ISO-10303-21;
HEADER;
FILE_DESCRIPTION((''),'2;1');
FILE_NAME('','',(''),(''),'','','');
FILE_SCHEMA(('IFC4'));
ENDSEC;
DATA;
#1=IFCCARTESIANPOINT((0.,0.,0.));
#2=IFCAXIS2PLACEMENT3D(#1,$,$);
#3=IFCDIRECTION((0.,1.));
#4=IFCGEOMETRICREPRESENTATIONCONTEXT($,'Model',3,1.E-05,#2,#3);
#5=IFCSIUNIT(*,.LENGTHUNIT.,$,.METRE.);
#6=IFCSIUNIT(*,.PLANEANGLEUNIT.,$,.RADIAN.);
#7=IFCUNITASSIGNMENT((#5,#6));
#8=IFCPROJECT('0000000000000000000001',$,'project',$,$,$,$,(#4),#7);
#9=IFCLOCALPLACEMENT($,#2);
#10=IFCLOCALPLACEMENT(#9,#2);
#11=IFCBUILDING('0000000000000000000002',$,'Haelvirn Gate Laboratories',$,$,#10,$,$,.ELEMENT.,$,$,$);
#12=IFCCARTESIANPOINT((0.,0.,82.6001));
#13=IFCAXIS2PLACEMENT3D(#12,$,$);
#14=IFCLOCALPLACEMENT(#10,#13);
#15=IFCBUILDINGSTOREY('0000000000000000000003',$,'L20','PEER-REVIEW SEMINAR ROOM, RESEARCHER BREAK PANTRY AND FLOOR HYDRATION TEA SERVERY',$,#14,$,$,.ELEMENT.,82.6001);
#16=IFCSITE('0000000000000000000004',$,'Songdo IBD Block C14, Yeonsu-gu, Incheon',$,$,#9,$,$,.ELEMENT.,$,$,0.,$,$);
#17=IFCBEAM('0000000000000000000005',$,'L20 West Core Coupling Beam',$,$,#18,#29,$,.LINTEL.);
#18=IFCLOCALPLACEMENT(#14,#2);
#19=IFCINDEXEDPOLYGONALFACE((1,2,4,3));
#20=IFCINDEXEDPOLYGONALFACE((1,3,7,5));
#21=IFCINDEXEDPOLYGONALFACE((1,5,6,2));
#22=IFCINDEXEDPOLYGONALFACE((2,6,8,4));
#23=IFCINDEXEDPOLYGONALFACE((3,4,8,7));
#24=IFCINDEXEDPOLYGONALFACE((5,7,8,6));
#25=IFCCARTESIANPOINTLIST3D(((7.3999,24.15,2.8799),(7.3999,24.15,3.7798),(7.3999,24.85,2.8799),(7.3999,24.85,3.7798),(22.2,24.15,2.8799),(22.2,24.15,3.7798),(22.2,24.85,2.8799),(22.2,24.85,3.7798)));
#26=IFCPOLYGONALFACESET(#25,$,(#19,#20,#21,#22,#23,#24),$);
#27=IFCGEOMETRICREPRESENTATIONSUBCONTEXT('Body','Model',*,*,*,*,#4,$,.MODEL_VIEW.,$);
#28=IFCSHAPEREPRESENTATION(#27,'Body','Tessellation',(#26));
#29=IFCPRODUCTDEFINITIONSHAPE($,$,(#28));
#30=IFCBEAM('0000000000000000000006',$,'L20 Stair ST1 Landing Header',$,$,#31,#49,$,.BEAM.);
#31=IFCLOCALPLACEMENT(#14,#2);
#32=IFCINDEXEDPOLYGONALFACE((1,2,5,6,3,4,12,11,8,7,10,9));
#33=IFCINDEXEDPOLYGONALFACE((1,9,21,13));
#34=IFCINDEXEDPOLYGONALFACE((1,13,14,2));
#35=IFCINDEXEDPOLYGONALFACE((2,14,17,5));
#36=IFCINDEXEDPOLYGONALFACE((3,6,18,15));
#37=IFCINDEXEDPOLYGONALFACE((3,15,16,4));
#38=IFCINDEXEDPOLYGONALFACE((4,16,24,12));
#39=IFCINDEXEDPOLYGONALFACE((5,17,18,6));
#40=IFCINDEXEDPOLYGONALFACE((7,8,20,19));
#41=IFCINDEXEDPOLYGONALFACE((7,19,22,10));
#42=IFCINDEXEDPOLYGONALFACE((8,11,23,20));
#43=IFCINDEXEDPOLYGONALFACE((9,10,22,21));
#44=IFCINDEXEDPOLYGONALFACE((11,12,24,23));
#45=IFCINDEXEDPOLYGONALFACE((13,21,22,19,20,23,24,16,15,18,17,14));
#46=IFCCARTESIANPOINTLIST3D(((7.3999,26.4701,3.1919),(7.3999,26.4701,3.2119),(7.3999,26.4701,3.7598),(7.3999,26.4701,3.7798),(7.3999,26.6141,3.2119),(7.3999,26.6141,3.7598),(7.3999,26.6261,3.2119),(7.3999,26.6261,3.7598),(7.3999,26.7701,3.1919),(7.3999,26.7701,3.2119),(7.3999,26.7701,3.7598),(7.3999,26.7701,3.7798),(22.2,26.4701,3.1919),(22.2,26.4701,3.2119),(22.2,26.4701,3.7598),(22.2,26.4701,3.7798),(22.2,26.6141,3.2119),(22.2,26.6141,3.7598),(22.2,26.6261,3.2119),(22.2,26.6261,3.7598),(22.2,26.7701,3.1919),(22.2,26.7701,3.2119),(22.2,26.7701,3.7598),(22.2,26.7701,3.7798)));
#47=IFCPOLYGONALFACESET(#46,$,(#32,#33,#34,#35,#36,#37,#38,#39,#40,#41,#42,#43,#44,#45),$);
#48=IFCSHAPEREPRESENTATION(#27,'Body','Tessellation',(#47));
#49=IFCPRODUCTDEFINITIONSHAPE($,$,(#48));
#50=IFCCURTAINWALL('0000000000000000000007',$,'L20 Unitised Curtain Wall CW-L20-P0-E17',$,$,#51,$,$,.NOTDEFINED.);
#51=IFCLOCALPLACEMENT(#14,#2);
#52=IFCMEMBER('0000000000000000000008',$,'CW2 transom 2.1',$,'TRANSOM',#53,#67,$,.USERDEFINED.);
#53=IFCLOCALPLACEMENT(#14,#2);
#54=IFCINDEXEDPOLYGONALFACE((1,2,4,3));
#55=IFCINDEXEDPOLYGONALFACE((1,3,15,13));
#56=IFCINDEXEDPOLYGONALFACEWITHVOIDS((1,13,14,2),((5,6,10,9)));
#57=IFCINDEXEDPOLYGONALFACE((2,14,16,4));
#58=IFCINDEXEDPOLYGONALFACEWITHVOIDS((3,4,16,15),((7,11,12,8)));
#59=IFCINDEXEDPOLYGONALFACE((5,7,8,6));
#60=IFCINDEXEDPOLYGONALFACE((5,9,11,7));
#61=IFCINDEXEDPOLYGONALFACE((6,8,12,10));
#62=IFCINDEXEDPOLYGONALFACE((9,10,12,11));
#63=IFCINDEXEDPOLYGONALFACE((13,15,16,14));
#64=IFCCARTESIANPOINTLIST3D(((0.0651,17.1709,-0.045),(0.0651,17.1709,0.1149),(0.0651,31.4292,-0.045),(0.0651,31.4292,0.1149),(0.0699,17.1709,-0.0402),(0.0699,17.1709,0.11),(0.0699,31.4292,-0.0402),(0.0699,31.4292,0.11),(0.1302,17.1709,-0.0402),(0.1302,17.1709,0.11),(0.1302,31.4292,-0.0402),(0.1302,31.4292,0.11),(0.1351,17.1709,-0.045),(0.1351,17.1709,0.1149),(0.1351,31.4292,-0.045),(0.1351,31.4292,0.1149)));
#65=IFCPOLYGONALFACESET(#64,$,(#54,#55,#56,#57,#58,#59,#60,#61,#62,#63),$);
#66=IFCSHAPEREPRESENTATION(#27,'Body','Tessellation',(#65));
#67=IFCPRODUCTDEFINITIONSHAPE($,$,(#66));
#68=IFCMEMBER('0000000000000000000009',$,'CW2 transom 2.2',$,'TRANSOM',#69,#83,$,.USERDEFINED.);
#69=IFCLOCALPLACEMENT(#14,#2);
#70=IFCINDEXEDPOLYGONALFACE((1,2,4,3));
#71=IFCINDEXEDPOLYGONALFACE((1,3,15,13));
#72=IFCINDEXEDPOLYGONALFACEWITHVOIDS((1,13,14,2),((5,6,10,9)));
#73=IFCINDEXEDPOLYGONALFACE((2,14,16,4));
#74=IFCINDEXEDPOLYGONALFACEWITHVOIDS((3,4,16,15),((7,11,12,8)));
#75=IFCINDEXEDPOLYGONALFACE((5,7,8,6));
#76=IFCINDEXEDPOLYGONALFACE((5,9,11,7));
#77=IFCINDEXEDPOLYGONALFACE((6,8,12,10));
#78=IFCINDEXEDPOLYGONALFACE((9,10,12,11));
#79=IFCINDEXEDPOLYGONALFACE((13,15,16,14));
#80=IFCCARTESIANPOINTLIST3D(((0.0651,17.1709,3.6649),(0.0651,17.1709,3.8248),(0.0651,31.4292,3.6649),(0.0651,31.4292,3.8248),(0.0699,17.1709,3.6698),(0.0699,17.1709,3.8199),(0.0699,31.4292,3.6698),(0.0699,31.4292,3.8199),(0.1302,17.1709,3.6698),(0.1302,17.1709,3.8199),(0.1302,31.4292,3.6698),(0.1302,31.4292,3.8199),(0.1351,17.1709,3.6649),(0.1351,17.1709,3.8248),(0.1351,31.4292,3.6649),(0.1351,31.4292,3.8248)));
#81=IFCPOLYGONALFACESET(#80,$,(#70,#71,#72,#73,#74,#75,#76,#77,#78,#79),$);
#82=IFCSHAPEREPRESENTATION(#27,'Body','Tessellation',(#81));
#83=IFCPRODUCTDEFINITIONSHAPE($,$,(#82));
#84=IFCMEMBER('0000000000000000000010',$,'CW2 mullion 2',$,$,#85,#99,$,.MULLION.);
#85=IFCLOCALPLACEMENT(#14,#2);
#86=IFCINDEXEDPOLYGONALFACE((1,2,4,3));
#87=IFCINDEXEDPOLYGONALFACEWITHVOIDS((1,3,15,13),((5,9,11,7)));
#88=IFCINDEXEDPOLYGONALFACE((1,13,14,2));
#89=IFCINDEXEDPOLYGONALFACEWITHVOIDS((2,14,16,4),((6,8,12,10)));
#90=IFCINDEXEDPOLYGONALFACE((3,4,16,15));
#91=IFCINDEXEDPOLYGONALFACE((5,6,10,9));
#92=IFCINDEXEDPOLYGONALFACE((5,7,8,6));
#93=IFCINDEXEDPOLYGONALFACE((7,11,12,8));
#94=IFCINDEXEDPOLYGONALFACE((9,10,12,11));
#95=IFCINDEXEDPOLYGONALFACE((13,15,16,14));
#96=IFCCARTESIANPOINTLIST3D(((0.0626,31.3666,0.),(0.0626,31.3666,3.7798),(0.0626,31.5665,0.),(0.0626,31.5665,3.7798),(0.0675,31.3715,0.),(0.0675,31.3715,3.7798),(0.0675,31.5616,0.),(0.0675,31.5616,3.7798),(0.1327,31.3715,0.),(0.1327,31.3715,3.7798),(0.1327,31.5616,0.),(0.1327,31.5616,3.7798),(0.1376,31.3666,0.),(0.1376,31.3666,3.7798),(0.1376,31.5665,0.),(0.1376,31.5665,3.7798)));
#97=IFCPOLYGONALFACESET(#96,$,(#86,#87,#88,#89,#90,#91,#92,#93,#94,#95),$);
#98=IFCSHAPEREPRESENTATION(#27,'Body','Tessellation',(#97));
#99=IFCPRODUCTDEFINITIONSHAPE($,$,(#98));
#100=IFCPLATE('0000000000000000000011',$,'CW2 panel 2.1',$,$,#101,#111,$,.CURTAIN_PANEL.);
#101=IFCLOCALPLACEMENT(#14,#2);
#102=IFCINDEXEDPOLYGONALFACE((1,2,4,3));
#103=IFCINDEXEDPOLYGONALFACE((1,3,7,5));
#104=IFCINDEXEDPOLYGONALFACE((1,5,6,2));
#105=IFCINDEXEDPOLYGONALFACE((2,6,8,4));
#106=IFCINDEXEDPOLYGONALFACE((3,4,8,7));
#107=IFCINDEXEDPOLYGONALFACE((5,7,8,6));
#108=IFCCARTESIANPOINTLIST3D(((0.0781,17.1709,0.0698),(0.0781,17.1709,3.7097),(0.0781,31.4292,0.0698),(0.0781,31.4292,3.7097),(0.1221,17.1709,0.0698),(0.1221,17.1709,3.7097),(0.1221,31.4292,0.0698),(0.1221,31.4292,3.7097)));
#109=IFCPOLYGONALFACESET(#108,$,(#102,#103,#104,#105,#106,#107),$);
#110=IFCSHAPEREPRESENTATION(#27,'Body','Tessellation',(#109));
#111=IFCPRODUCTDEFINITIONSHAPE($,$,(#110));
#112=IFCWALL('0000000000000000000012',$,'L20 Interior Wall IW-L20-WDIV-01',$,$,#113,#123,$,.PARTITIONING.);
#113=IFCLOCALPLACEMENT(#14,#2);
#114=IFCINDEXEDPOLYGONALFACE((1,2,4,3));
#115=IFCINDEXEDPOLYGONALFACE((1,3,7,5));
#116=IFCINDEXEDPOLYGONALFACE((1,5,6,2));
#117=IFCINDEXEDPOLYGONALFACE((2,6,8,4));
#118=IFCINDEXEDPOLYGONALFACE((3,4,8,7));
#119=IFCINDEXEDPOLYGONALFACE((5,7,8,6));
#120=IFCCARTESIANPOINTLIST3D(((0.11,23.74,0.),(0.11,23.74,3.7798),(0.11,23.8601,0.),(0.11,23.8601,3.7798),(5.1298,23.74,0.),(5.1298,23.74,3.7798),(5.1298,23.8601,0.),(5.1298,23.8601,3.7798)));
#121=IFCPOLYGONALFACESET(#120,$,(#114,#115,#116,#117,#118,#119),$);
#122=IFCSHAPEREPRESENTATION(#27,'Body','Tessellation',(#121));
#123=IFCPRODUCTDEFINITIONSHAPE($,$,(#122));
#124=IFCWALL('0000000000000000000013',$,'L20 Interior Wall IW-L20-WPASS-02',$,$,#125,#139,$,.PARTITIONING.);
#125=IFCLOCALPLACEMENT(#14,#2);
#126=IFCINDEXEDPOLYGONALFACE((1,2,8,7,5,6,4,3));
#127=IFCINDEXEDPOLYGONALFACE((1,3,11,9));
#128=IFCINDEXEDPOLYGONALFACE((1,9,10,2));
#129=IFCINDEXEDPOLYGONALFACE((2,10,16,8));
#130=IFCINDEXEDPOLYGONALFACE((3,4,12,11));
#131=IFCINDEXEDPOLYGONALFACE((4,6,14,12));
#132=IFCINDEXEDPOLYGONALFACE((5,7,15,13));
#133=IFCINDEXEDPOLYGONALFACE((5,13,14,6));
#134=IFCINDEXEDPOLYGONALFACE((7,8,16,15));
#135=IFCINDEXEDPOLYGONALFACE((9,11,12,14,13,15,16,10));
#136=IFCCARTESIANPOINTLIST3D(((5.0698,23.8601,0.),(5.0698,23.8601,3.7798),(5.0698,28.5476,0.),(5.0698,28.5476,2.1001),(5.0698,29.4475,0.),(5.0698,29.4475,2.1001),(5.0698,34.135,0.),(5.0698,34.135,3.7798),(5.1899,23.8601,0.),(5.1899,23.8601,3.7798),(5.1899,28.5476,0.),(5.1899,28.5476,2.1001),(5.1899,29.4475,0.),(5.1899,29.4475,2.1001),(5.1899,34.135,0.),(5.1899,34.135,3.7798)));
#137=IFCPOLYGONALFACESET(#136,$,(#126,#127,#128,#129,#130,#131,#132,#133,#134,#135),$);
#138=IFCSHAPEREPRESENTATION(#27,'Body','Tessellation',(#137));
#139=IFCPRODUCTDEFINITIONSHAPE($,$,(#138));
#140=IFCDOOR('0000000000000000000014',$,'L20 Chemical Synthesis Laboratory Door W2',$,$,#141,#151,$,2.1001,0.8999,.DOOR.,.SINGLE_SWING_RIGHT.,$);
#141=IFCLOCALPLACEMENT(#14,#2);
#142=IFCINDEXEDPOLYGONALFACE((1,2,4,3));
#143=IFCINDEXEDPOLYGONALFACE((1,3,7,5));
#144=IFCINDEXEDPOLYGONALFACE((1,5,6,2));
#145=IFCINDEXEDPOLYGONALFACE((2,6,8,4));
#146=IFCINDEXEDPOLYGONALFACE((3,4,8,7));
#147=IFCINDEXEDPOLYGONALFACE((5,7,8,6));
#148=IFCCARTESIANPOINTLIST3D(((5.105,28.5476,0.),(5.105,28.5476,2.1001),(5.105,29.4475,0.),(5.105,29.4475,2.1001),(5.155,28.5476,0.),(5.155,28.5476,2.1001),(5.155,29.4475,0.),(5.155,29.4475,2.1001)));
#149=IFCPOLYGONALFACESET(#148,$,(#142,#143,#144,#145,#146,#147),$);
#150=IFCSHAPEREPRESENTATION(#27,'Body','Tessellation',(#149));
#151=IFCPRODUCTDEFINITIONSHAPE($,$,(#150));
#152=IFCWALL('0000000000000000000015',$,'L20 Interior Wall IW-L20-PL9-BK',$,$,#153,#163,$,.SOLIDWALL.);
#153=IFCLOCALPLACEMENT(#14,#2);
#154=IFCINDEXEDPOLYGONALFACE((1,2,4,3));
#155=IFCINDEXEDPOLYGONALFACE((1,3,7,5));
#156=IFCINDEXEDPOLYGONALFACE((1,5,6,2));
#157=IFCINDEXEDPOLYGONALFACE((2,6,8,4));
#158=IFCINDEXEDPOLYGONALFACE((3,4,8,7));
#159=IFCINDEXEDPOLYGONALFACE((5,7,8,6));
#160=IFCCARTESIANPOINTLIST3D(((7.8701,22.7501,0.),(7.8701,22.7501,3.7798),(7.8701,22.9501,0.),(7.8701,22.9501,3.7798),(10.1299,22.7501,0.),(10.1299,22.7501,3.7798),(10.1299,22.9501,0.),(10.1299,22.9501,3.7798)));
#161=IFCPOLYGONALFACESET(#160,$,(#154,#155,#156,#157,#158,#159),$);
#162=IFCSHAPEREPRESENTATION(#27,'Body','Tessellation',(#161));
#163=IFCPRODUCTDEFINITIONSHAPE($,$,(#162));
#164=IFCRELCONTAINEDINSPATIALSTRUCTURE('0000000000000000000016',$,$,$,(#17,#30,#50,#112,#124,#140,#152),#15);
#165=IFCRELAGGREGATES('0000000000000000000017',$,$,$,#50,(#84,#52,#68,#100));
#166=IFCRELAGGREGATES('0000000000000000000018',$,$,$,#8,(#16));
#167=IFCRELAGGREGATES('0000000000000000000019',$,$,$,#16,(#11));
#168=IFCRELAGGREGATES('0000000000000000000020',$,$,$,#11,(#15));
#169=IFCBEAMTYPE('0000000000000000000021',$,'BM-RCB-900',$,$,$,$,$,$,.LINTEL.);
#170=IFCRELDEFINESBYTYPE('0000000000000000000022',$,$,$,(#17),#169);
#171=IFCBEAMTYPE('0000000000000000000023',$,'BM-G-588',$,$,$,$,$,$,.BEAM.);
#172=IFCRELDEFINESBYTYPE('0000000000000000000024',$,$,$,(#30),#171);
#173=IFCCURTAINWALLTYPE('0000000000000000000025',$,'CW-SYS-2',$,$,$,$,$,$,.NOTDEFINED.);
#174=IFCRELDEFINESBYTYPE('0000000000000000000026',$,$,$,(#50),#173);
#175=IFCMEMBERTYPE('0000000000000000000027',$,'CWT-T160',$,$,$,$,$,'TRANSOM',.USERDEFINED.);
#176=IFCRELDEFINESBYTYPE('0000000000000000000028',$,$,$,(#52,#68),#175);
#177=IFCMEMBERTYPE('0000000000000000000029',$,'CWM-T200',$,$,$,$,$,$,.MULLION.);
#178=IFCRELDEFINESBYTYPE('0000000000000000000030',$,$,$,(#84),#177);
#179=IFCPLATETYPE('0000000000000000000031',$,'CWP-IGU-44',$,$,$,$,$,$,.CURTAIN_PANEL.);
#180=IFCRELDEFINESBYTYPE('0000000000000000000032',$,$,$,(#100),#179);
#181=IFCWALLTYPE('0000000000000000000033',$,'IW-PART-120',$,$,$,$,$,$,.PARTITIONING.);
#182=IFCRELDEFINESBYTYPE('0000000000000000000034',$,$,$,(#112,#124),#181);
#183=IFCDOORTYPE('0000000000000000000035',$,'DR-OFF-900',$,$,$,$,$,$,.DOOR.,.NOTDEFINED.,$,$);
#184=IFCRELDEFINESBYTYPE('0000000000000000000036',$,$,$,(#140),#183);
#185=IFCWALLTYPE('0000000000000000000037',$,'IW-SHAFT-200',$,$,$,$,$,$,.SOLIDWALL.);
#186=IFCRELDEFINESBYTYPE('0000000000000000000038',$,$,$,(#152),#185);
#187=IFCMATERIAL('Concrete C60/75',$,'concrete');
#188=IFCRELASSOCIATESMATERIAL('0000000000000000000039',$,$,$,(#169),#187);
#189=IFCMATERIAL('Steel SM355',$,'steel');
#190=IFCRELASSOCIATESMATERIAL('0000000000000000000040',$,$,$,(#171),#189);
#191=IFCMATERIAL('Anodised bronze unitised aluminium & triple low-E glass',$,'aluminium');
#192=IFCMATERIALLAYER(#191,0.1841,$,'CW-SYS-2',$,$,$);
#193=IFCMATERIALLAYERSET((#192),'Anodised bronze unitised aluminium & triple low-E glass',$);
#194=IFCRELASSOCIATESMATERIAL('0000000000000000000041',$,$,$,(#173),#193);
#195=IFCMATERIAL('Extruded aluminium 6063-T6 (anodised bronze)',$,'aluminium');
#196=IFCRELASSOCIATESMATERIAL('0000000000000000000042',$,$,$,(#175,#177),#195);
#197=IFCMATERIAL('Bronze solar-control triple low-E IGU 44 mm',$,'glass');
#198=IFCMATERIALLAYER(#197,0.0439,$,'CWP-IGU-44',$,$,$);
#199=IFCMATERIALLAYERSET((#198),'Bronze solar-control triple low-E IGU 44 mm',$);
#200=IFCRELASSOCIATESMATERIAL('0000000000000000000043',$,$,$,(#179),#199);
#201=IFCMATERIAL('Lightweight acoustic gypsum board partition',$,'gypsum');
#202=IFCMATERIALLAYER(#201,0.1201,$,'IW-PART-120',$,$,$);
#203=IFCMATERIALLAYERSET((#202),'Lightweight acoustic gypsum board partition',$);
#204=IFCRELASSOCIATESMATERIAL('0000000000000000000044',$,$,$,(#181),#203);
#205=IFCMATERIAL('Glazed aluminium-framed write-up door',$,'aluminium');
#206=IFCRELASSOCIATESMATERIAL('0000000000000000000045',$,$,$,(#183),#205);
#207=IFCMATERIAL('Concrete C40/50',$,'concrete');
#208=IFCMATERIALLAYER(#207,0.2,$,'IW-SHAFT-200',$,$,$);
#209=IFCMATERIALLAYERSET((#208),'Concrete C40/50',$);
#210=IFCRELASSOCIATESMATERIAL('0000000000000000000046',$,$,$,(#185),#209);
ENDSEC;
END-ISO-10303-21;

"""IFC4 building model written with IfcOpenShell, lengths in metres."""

from ifc_helpers import new_model, si_unit, direction, frame, frame_2d, origin, origin_2d, place, context, subcontext, project, spatial, rectangle, hollow_rectangle, i_section, extrude, source, transform, mapped, material, layer, layer_set, material_profile, profile_set, type_object, type_shapes, element, fill, aggregate, save


model = new_model("IFC4")

# Units and contexts
model_context = context("Model", 3, precision=1e-05, world=origin(), true_north=direction((0.0, 1.0)))
body_context = subcontext(model_context, "Body", "Model", "MODEL_VIEW")
ifc_project = project(units=[si_unit("LENGTHUNIT", "METRE"), si_unit("PLANEANGLEUNIT", "RADIAN")], contexts=[model_context])

# Site, building, storey
site_placement = place(None, origin())
site = spatial("IfcSite", under=ifc_project, at=site_placement, Name="Songdo IBD Block C14, Yeonsu-gu, Incheon", CompositionType="ELEMENT", RefElevation=0.0)
building_placement = place(site_placement, origin())
building = spatial("IfcBuilding", under=site, at=building_placement, Name="Haelvirn Gate Laboratories", CompositionType="ELEMENT")
storey_placement = place(building_placement, frame((0.0, 0.0, 82.6001)))
storey = spatial("IfcBuildingStorey", under=building, at=storey_placement, Name="L20", Description="PEER-REVIEW SEMINAR ROOM, RESEARCHER BREAK PANTRY AND FLOOR HYDRATION TEA SERVERY", CompositionType="ELEMENT", Elevation=82.6001)

# Beams
ifc_material_1 = material(Name="Concrete C60/75", Category="concrete")
ifc_material_profile_1 = material_profile(ifc_material_1, rectangle(XDim=0.7, YDim=0.8999, at=origin_2d()), Name="RCB-700x900")
ifc_profile_set_1 = profile_set([ifc_material_profile_1], Name="Concrete C60/75")
beam_type_1 = type_object("IfcBeamType", Name="BM-RCB-900", PredefinedType="LINTEL", material=ifc_profile_set_1)
shared_shape_1 = source(origin(), body_context, "Body", "SweptSolid", [
    extrude(rectangle(XDim=0.7, YDim=0.8999, at=origin_2d()), origin(), (0.0, 0.0, 1.0), 14.8),
])
type_shapes(beam_type_1, [shared_shape_1])
beam_1_placement = place(storey_placement, frame((7.3999, 24.5, 3.3298), z_axis=(1.0, 0.0, 0.0), x_axis=(0.0, 1.0, 0.0)))
element("IfcBeam", 1, at=beam_1_placement, inside=storey, type_object=beam_type_1, Name="L20 West Core Coupling Beam", PredefinedType="LINTEL", context=body_context, shape_type="MappedRepresentation", body=[
    mapped(shared_shape_1, transform((0.0, 0.0, 0.0), scale=1.0)),
])
ifc_material_2 = material(Name="Steel SM355", Category="steel")
ifc_material_profile_2 = material_profile(ifc_material_2, i_section(OverallWidth=0.3, OverallDepth=0.5879, WebThickness=0.012, FlangeThickness=0.02, at=origin_2d()), Name="H-588x300x12x20")
ifc_profile_set_2 = profile_set([ifc_material_profile_2], Name="Steel SM355")
beam_type_2 = type_object("IfcBeamType", Name="BM-G-588", PredefinedType="BEAM", material=ifc_profile_set_2)
shared_shape_2 = source(origin(), body_context, "Body", "SweptSolid", [
    extrude(i_section(OverallWidth=0.3, OverallDepth=0.5879, WebThickness=0.012, FlangeThickness=0.02, at=origin_2d()), origin(), (0.0, 0.0, 1.0), 14.8),
])
type_shapes(beam_type_2, [shared_shape_2])
beam_2_placement = place(storey_placement, frame((7.3999, 26.6201, 3.4858), z_axis=(1.0, 0.0, 0.0), x_axis=(0.0, 1.0, 0.0)))
element("IfcBeam", 2, at=beam_2_placement, inside=storey, type_object=beam_type_2, Name="L20 Stair ST1 Landing Header", PredefinedType="BEAM", context=body_context, shape_type="MappedRepresentation", body=[
    mapped(shared_shape_2, transform((0.0, 0.0, 0.0), scale=1.0)),
])

# Curtain wall, members, plate
ifc_material_3 = material(Name="Anodised bronze unitised aluminium & triple low-E glass", Category="aluminium")
ifc_layer_1 = layer(ifc_material_3, 0.1841, Name="CW-SYS-2")
ifc_layer_set_1 = layer_set([ifc_layer_1], Name="Anodised bronze unitised aluminium & triple low-E glass")
curtain_wall_type = type_object("IfcCurtainWallType", Name="CW-SYS-2", PredefinedType="NOTDEFINED", material=ifc_layer_set_1)
curtain_wall_placement = place(storey_placement, origin())
curtain_wall = element("IfcCurtainWall", 3, at=curtain_wall_placement, inside=storey, type_object=curtain_wall_type, Name="L20 Unitised Curtain Wall CW-L20-P0-E17", PredefinedType="NOTDEFINED")
ifc_material_4 = material(Name="Extruded aluminium 6063-T6 (anodised bronze)", Category="aluminium")
ifc_material_profile_3 = material_profile(ifc_material_4, hollow_rectangle(XDim=0.0701, YDim=0.1599, WallThickness=0.0049, at=origin_2d()), Name="CWT-160x70x5")
ifc_profile_set_3 = profile_set([ifc_material_profile_3], Name="Extruded aluminium 6063-T6 (anodised bronze)")
member_type_1 = type_object("IfcMemberType", Name="CWT-T160", ElementType="TRANSOM", PredefinedType="USERDEFINED", material=ifc_profile_set_3)
shared_shape_3 = source(origin(), body_context, "Body", "SweptSolid", [
    extrude(hollow_rectangle(XDim=0.0701, YDim=0.1599, WallThickness=0.0049, at=origin_2d()), origin(), (0.0, 0.0, 1.0), 14.2583),
])
type_shapes(member_type_1, [shared_shape_3])
member_1_placement = place(storey_placement, frame((0.1001, 31.4292, 0.0349), z_axis=(0.0, -1.0, 0.0), x_axis=(1.0, 0.0, 0.0)))
member_1 = element("IfcMember", 4, at=member_1_placement, type_object=member_type_1, Name="CW2 transom 2.1", ObjectType="TRANSOM", PredefinedType="USERDEFINED", context=body_context, shape_type="MappedRepresentation", body=[
    mapped(shared_shape_3, transform((0.0, 0.0, 0.0), scale=1.0)),
])
member_2_placement = place(storey_placement, frame((0.1001, 31.4292, 3.7449), z_axis=(0.0, -1.0, 0.0), x_axis=(1.0, 0.0, 0.0)))
member_2 = element("IfcMember", 5, at=member_2_placement, type_object=member_type_1, Name="CW2 transom 2.2", ObjectType="TRANSOM", PredefinedType="USERDEFINED", context=body_context, shape_type="MappedRepresentation", body=[
    mapped(shared_shape_3, transform((0.0, 0.0, 0.0), scale=1.0)),
])
ifc_material_profile_4 = material_profile(ifc_material_4, hollow_rectangle(XDim=0.075, YDim=0.2, WallThickness=0.0049, at=origin_2d()), Name="CWM-200x75x5")
ifc_profile_set_4 = profile_set([ifc_material_profile_4], Name="Extruded aluminium 6063-T6 (anodised bronze)")
member_type_2 = type_object("IfcMemberType", Name="CWM-T200", PredefinedType="MULLION", material=ifc_profile_set_4)
shared_shape_4 = source(origin(), body_context, "Body", "SweptSolid", [
    extrude(hollow_rectangle(XDim=0.075, YDim=0.2, WallThickness=0.0049, at=origin_2d()), origin(), (0.0, 0.0, 1.0), 3.7798),
])
type_shapes(member_type_2, [shared_shape_4])
member_3_placement = place(storey_placement, frame((0.1001, 31.4666, 0.0), z_axis=(0.0, 0.0, 1.0), x_axis=(1.0, 0.0, 0.0)))
member_3 = element("IfcMember", 6, at=member_3_placement, type_object=member_type_2, Name="CW2 mullion 2", PredefinedType="MULLION", context=body_context, shape_type="MappedRepresentation", body=[
    mapped(shared_shape_4, transform((0.0, 0.0, 0.0), scale=1.0)),
])
ifc_material_5 = material(Name="Bronze solar-control triple low-E IGU 44 mm", Category="glass")
ifc_layer_2 = layer(ifc_material_5, 0.0439, Name="CWP-IGU-44")
ifc_layer_set_2 = layer_set([ifc_layer_2], Name="Bronze solar-control triple low-E IGU 44 mm")
plate_type = type_object("IfcPlateType", Name="CWP-IGU-44", PredefinedType="CURTAIN_PANEL", material=ifc_layer_set_2)
shared_shape_5 = source(origin(), body_context, "Body", "SweptSolid", [
    extrude(rectangle(XDim=14.2583, YDim=0.0439, at=origin_2d()), origin(), (0.0, 0.0, 1.0), 3.6399),
])
type_shapes(plate_type, [shared_shape_5])
plate_placement = place(storey_placement, frame((0.1001, 24.3, 0.0698), z_axis=(0.0, 0.0, 1.0), x_axis=(0.0, -1.0, 0.0)))
plate = element("IfcPlate", 7, at=plate_placement, type_object=plate_type, Name="CW2 panel 2.1", PredefinedType="CURTAIN_PANEL", context=body_context, shape_type="MappedRepresentation", body=[
    mapped(shared_shape_5, transform((0.0, 0.0, 0.0), scale=1.0)),
])
aggregate(curtain_wall, [member_3, member_1, member_2, plate])

# Wall
ifc_material_6 = material(Name="Lightweight acoustic gypsum board partition", Category="gypsum")
ifc_layer_3 = layer(ifc_material_6, 0.1201, Name="IW-PART-120")
ifc_layer_set_3 = layer_set([ifc_layer_3], Name="Lightweight acoustic gypsum board partition")
wall_type_1 = type_object("IfcWallType", Name="IW-PART-120", PredefinedType="PARTITIONING", material=ifc_layer_set_3)
wall_1_placement = place(storey_placement, frame((0.1101, 23.8, 0.0), z_axis=(0.0, 0.0, 1.0), x_axis=(1.0, 0.0, 0.0)))
element("IfcWall", 8, at=wall_1_placement, inside=storey, type_object=wall_type_1, Name="L20 Interior Wall IW-L20-WDIV-01", PredefinedType="PARTITIONING", context=body_context, shape_type="SweptSolid", body=[
    extrude(rectangle(XDim=5.0198, YDim=0.1201, at=frame_2d((2.5098, 0.0))), origin(), (0.0, 0.0, 1.0), 3.7798),
])

# Wall, opening, door
wall_2_placement = place(storey_placement, frame((5.1299, 23.8601, 0.0), z_axis=(0.0, 0.0, 1.0), x_axis=(0.0, 1.0, 0.0)))
wall_2 = element("IfcWall", 9, at=wall_2_placement, inside=storey, type_object=wall_type_1, Name="L20 Interior Wall IW-L20-WPASS-02", PredefinedType="PARTITIONING", context=body_context, shape_type="SweptSolid", body=[
    extrude(rectangle(XDim=10.2749, YDim=0.1201, at=frame_2d((5.1375, 0.0))), origin(), (0.0, 0.0, 1.0), 3.7798),
])
opening_1_placement = place(wall_2_placement, frame((4.6875, 0.0, 0.0)))
opening_1 = element("IfcOpeningElement", 10, at=opening_1_placement, cuts=wall_2, PredefinedType="OPENING", context=body_context, shape_type="SweptSolid", body=[
    extrude(rectangle(XDim=0.8999, YDim=2.1001, at=frame_2d((0.45, 1.05))), frame((0.0, 0.0701, 0.0), z_axis=(0.0, -1.0, 0.0), x_axis=(1.0, 0.0, 0.0)), (0.0, 0.0, 1.0), 0.1401),
])
ifc_material_7 = material(Name="Glazed aluminium-framed write-up door", Category="aluminium")
door_type_1 = type_object("IfcDoorType", Name="DR-OFF-900", OperationType="NOTDEFINED", PredefinedType="DOOR", material=ifc_material_7)
shared_shape_6 = source(origin(), body_context, "Body", "SweptSolid", [
    extrude(rectangle(XDim=0.8999, YDim=2.1001, at=frame_2d((0.45, 1.05))), frame((0.0, 0.0249, 0.0), z_axis=(0.0, -1.0, 0.0), x_axis=(1.0, 0.0, 0.0)), (0.0, 0.0, 1.0), 0.05),
])
type_shapes(door_type_1, [shared_shape_6])
door_1_placement = place(opening_1_placement, origin())
door_1 = element("IfcDoor", 11, at=door_1_placement, inside=storey, type_object=door_type_1, Name="L20 Chemical Synthesis Laboratory Door W2", OperationType="SINGLE_SWING_RIGHT", OverallHeight=2.1001, OverallWidth=0.8999, PredefinedType="DOOR", context=body_context, shape_type="MappedRepresentation", body=[
    mapped(shared_shape_6, transform((0.0, 0.0, 0.0), scale=1.0)),
])
fill(opening_1, door_1)

# Wall
ifc_material_8 = material(Name="Concrete C40/50", Category="concrete")
ifc_layer_4 = layer(ifc_material_8, 0.2, Name="IW-SHAFT-200")
ifc_layer_set_4 = layer_set([ifc_layer_4], Name="Concrete C40/50")
wall_type_2 = type_object("IfcWallType", Name="IW-SHAFT-200", PredefinedType="SOLIDWALL", material=ifc_layer_set_4)
wall_3_placement = place(storey_placement, frame((7.8701, 22.8501, 0.0), z_axis=(0.0, 0.0, 1.0), x_axis=(1.0, 0.0, 0.0)))
element("IfcWall", 12, at=wall_3_placement, inside=storey, type_object=wall_type_2, Name="L20 Interior Wall IW-L20-PL9-BK", PredefinedType="SOLIDWALL", context=body_context, shape_type="SweptSolid", body=[
    extrude(rectangle(XDim=2.2598, YDim=0.2, at=frame_2d((1.1299, 0.0))), origin(), (0.0, 0.0, 1.0), 3.7798),
])

save(model, "model.ifc")
